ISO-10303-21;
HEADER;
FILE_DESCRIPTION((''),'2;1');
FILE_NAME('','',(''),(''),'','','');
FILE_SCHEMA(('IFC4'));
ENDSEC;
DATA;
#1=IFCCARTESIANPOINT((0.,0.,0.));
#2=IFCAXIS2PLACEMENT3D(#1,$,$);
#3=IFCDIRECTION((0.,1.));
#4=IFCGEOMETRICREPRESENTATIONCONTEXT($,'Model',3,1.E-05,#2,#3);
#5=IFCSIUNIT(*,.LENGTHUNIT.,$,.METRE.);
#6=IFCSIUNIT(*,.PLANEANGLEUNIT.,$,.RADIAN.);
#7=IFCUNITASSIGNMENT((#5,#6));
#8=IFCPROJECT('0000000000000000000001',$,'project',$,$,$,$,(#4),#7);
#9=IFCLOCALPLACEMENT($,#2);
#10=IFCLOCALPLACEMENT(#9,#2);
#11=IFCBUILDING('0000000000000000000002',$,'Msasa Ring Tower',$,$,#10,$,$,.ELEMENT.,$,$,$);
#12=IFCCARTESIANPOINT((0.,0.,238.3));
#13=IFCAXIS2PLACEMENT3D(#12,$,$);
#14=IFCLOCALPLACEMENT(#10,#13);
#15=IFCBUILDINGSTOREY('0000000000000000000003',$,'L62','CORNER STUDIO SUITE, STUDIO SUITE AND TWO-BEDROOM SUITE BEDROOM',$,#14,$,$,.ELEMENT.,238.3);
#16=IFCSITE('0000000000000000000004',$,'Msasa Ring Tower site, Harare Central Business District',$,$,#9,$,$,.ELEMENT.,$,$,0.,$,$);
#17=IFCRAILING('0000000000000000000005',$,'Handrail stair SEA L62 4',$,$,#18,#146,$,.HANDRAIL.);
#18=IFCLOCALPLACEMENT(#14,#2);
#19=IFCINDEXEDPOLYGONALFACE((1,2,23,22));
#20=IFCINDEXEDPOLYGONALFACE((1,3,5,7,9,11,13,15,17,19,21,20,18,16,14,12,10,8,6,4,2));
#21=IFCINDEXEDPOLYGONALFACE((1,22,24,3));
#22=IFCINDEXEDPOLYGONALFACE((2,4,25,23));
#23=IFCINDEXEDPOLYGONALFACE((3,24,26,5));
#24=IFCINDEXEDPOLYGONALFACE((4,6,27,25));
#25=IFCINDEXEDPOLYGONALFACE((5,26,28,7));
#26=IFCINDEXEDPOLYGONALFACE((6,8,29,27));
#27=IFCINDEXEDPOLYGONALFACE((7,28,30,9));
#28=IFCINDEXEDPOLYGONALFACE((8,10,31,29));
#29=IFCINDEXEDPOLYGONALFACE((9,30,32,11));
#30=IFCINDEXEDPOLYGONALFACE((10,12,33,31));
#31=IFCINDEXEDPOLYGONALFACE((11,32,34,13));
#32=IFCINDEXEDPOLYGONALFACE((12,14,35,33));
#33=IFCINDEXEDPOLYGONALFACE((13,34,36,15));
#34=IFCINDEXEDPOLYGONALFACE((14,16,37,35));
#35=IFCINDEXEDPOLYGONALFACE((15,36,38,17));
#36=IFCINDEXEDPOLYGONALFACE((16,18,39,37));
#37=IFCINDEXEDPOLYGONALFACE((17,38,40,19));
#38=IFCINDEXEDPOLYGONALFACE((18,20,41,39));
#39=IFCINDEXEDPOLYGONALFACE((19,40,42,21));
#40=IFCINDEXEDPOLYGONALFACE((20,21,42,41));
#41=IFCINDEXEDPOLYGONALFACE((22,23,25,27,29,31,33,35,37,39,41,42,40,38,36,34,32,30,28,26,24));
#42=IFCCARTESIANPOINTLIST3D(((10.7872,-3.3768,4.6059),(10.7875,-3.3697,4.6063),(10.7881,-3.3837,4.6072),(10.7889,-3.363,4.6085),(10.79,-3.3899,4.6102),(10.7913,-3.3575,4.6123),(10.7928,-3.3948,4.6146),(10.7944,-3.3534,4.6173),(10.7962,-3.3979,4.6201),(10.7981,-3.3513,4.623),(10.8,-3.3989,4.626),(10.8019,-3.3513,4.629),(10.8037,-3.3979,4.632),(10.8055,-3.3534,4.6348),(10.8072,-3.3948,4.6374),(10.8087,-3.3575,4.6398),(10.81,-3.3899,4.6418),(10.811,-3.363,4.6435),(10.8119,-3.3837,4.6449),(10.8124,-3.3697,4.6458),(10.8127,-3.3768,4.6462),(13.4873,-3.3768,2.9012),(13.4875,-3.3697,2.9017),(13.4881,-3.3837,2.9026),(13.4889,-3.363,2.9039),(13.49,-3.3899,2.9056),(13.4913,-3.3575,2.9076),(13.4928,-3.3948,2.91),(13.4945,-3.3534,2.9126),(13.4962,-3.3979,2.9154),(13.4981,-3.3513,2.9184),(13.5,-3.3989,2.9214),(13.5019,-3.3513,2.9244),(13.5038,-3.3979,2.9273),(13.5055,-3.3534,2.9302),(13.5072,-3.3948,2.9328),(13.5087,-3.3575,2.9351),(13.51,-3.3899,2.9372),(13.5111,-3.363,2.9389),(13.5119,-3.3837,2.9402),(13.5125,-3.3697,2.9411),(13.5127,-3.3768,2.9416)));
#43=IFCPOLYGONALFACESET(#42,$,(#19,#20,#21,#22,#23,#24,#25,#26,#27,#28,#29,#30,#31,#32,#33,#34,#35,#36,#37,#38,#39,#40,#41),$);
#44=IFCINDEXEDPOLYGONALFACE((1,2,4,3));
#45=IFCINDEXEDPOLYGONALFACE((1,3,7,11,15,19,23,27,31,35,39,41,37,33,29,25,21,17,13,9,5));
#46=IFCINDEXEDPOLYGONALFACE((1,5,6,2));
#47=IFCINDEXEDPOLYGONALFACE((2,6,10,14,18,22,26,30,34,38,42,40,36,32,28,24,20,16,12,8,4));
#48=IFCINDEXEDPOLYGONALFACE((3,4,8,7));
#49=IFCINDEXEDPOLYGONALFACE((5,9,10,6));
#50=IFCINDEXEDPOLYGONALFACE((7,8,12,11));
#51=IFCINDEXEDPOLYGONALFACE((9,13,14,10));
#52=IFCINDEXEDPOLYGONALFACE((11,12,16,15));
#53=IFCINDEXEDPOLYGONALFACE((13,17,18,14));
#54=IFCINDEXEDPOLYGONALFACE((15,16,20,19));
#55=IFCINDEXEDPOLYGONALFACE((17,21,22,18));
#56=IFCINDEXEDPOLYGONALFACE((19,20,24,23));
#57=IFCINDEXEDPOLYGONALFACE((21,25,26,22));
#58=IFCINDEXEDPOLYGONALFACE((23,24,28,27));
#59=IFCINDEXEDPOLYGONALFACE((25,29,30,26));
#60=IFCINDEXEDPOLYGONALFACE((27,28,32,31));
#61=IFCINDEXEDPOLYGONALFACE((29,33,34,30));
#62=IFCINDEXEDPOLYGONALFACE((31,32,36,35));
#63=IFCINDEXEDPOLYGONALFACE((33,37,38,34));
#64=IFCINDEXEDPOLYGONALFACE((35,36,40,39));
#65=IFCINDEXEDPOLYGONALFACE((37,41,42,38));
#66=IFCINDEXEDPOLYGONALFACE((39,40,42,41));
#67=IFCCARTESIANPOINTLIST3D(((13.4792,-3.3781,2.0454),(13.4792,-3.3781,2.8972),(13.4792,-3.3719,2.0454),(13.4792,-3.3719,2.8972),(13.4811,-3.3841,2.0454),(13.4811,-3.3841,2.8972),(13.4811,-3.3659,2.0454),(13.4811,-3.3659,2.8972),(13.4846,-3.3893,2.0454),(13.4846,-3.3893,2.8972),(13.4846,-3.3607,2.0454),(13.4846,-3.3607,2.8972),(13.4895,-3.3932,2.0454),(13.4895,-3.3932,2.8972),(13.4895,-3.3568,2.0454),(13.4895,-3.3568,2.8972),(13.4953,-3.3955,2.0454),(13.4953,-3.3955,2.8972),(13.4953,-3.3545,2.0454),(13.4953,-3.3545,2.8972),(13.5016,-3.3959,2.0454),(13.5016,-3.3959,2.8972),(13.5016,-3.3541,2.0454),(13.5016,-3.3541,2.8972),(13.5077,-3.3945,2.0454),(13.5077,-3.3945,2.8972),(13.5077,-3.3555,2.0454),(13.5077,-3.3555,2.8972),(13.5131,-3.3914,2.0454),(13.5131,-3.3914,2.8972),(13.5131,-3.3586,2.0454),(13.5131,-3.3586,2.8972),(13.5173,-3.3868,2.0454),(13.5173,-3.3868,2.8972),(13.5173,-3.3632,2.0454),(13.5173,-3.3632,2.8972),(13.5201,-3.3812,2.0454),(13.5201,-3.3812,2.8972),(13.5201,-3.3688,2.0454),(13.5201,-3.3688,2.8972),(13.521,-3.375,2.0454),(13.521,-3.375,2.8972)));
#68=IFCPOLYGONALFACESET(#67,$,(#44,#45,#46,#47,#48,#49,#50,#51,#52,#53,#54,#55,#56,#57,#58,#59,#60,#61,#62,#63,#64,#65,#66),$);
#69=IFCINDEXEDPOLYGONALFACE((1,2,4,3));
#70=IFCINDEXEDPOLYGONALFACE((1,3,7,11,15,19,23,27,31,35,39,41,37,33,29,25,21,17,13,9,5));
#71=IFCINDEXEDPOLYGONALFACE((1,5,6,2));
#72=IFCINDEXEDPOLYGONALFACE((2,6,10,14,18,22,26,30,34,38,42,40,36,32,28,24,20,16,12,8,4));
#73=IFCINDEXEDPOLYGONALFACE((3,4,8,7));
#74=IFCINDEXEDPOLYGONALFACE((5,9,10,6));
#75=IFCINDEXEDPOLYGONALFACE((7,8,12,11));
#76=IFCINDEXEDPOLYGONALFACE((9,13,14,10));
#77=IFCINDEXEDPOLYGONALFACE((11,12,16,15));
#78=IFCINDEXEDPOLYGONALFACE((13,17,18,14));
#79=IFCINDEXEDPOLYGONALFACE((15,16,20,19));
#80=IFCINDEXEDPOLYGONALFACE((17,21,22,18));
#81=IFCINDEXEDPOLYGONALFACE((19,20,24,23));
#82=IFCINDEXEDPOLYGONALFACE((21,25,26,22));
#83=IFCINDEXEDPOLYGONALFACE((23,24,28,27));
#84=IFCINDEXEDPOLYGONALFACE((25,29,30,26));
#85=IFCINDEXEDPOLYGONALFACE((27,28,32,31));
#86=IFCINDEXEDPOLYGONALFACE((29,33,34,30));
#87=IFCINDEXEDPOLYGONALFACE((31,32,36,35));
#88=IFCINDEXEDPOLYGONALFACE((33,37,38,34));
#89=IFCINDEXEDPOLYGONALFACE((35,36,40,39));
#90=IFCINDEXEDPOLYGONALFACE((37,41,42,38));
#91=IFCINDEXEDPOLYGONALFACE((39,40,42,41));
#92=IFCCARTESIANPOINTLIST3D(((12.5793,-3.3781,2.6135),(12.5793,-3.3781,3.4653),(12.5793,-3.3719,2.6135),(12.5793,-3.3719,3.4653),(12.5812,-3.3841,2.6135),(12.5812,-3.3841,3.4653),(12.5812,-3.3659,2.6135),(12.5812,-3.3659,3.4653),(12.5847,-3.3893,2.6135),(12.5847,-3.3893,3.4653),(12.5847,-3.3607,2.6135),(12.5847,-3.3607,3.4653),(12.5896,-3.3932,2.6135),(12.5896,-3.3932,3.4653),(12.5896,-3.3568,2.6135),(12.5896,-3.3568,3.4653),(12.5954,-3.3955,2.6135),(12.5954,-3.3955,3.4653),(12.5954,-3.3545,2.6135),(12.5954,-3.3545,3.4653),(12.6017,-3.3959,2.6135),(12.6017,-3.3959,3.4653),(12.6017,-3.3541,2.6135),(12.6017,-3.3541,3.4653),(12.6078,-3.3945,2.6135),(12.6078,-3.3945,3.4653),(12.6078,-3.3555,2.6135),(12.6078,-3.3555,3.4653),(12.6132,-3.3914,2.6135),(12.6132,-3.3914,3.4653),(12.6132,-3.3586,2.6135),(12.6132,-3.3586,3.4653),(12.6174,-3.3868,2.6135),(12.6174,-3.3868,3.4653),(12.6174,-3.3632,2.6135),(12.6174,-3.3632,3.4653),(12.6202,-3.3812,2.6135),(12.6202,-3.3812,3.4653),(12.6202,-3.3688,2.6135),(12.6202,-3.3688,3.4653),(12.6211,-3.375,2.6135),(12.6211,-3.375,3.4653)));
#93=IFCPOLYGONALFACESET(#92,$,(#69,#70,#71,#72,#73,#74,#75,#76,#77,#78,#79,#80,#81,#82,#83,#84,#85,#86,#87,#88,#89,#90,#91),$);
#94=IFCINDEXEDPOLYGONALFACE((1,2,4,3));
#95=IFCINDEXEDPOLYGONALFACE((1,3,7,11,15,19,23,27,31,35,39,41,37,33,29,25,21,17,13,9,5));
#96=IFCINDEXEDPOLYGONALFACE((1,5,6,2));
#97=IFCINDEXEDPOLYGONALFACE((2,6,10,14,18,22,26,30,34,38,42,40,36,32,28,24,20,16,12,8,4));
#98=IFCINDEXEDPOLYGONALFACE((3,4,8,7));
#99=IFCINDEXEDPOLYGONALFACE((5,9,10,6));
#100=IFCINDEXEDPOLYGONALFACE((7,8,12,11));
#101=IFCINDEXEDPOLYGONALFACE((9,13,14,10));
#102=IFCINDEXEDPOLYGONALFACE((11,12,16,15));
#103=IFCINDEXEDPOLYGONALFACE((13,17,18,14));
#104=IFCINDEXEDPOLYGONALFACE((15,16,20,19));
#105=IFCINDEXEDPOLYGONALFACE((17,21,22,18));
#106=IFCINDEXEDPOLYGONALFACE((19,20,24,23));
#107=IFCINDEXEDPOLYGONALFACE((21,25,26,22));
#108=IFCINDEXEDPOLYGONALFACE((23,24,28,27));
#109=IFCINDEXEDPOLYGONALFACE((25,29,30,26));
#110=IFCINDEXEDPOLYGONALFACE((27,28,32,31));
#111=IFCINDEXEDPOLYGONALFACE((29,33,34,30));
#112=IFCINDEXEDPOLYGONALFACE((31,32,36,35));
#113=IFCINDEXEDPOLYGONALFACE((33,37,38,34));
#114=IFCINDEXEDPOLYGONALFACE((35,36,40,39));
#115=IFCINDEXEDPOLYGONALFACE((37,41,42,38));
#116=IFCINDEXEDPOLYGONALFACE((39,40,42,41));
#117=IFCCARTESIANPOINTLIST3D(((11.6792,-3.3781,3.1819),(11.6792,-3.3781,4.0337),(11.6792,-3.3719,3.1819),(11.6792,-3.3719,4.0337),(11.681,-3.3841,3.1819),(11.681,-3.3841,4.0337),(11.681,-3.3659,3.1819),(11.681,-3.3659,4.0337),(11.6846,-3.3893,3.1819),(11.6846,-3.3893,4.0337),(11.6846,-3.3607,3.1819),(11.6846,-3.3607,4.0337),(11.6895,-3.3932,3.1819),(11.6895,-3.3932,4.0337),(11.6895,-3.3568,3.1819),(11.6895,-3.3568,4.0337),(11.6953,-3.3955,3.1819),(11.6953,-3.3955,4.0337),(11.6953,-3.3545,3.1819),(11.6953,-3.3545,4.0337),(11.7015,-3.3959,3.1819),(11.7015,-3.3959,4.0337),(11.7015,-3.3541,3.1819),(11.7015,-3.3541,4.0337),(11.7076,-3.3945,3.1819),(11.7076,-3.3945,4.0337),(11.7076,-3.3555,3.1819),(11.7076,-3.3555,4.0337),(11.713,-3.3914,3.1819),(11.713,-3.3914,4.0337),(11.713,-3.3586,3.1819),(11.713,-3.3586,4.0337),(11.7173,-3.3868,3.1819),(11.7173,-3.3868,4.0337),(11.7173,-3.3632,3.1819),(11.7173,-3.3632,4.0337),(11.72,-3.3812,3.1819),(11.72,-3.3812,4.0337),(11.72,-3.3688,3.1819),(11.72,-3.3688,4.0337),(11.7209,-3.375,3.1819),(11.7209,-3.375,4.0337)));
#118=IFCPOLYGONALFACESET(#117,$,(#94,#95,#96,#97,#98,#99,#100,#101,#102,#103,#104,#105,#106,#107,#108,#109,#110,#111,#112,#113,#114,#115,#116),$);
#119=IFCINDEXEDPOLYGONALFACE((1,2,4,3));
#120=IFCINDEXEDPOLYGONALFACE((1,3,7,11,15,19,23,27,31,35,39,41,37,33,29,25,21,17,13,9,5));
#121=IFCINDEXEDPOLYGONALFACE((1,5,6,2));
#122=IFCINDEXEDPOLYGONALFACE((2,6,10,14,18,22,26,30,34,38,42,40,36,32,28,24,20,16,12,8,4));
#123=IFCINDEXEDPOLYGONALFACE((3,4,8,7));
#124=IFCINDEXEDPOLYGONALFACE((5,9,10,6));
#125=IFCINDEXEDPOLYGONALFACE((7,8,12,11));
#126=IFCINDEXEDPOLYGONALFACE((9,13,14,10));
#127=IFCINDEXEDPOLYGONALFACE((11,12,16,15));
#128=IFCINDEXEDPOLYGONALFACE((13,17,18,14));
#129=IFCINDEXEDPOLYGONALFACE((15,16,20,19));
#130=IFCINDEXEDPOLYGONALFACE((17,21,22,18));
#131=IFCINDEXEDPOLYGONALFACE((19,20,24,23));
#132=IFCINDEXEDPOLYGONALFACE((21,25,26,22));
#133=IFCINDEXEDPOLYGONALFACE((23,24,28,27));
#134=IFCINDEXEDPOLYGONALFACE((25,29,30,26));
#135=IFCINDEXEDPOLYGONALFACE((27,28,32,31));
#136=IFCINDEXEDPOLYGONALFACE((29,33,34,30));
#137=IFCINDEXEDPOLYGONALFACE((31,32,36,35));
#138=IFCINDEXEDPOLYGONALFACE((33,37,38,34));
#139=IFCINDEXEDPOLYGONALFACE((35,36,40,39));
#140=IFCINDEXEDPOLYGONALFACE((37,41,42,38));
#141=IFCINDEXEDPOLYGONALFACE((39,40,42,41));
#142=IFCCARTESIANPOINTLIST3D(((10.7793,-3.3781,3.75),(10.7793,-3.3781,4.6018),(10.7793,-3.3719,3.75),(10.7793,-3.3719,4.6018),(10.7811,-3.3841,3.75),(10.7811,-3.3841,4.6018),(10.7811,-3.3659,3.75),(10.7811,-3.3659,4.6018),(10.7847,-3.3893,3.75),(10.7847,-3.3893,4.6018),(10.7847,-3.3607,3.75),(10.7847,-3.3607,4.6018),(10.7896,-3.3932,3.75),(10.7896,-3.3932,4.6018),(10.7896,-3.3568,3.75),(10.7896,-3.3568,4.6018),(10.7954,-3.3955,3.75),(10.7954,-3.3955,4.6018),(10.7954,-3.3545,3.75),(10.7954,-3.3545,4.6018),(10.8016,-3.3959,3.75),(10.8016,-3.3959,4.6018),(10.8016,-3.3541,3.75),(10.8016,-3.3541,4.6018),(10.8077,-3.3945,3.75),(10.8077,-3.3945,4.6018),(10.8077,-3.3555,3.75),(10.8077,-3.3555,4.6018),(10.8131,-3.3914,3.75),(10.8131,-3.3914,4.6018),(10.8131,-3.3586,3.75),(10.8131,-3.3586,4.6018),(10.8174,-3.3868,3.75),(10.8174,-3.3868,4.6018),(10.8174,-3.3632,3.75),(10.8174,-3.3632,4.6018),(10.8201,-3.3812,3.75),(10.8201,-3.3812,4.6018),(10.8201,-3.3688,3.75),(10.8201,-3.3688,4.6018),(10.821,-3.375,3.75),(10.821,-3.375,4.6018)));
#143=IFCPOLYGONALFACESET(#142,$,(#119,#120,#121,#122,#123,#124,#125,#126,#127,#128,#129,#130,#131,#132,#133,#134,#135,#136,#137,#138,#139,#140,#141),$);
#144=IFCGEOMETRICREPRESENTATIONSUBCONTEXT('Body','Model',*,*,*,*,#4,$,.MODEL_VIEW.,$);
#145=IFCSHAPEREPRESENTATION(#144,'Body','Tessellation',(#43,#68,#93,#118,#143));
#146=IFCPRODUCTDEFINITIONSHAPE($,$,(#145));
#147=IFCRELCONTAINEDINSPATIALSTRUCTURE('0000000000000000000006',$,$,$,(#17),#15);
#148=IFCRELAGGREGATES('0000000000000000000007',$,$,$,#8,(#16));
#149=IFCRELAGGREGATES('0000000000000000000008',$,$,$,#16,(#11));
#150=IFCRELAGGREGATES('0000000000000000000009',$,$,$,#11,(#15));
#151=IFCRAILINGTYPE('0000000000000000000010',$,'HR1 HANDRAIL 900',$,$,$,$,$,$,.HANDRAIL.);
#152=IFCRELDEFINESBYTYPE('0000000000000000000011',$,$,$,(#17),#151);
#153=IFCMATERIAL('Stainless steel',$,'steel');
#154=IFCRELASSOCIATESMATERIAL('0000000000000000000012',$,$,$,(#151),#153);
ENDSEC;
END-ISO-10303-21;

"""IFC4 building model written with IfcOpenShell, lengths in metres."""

from ifc_helpers import new_model, si_unit, direction, frame, origin, origin_2d, place, context, subcontext, project, spatial, circle, extrude, material, type_object, element, save


model = new_model("IFC4")

# Units and contexts
model_context = context("Model", 3, precision=1e-05, world=origin(), true_north=direction((0.0, 1.0)))
body_context = subcontext(model_context, "Body", "Model", "MODEL_VIEW")
ifc_project = project(units=[si_unit("LENGTHUNIT", "METRE"), si_unit("PLANEANGLEUNIT", "RADIAN")], contexts=[model_context])

# Site, building, storey
site_placement = place(None, origin())
site = spatial("IfcSite", under=ifc_project, at=site_placement, Name="Msasa Ring Tower site, Harare Central Business District", CompositionType="ELEMENT", RefElevation=0.0)
building_placement = place(site_placement, origin())
building = spatial("IfcBuilding", under=site, at=building_placement, Name="Msasa Ring Tower", CompositionType="ELEMENT")
storey_placement = place(building_placement, frame((0.0, 0.0, 238.3)))
storey = spatial("IfcBuildingStorey", under=building, at=storey_placement, Name="L62", Description="CORNER STUDIO SUITE, STUDIO SUITE AND TWO-BEDROOM SUITE BEDROOM", CompositionType="ELEMENT", Elevation=238.3)

# Railing
ifc_material_1 = material(Name="Stainless steel", Category="steel")
railing_type = type_object("IfcRailingType", Name="HR1 HANDRAIL 900", PredefinedType="HANDRAIL", material=ifc_material_1)
for number, where, name in (
    (1, (13.5, -3.375, 2.0454), "Handrail stair SEA L62 4"),
):
    element("IfcRailing", number, at=place(storey_placement, frame(where)), inside=storey, type_object=railing_type, Name=name, PredefinedType="HANDRAIL", context=body_context, shape_type="SweptSolid", body=[
        extrude(circle(Radius=0.0239, at=origin_2d()), frame((0.0, 0.0, 0.876), z_axis=(-0.84558, 0.0, 0.533849), x_axis=(0.0, -1.0, 0.0)), (0.0, 0.0, 1.0), 3.1931),
        extrude(circle(Radius=0.021, at=origin_2d()), origin(), (0.0, 0.0, 1.0), 0.8518),
        extrude(circle(Radius=0.021, at=origin_2d()), frame((-0.8999, 0.0, 0.5681)), (0.0, 0.0, 1.0), 0.8518),
        extrude(circle(Radius=0.021, at=origin_2d()), frame((-1.8, 0.0, 1.1365)), (0.0, 0.0, 1.0), 0.8518),
        extrude(circle(Radius=0.021, at=origin_2d()), frame((-2.7, 0.0, 1.7046)), (0.0, 0.0, 1.0), 0.8518),
    ])

save(model, "model.ifc")
